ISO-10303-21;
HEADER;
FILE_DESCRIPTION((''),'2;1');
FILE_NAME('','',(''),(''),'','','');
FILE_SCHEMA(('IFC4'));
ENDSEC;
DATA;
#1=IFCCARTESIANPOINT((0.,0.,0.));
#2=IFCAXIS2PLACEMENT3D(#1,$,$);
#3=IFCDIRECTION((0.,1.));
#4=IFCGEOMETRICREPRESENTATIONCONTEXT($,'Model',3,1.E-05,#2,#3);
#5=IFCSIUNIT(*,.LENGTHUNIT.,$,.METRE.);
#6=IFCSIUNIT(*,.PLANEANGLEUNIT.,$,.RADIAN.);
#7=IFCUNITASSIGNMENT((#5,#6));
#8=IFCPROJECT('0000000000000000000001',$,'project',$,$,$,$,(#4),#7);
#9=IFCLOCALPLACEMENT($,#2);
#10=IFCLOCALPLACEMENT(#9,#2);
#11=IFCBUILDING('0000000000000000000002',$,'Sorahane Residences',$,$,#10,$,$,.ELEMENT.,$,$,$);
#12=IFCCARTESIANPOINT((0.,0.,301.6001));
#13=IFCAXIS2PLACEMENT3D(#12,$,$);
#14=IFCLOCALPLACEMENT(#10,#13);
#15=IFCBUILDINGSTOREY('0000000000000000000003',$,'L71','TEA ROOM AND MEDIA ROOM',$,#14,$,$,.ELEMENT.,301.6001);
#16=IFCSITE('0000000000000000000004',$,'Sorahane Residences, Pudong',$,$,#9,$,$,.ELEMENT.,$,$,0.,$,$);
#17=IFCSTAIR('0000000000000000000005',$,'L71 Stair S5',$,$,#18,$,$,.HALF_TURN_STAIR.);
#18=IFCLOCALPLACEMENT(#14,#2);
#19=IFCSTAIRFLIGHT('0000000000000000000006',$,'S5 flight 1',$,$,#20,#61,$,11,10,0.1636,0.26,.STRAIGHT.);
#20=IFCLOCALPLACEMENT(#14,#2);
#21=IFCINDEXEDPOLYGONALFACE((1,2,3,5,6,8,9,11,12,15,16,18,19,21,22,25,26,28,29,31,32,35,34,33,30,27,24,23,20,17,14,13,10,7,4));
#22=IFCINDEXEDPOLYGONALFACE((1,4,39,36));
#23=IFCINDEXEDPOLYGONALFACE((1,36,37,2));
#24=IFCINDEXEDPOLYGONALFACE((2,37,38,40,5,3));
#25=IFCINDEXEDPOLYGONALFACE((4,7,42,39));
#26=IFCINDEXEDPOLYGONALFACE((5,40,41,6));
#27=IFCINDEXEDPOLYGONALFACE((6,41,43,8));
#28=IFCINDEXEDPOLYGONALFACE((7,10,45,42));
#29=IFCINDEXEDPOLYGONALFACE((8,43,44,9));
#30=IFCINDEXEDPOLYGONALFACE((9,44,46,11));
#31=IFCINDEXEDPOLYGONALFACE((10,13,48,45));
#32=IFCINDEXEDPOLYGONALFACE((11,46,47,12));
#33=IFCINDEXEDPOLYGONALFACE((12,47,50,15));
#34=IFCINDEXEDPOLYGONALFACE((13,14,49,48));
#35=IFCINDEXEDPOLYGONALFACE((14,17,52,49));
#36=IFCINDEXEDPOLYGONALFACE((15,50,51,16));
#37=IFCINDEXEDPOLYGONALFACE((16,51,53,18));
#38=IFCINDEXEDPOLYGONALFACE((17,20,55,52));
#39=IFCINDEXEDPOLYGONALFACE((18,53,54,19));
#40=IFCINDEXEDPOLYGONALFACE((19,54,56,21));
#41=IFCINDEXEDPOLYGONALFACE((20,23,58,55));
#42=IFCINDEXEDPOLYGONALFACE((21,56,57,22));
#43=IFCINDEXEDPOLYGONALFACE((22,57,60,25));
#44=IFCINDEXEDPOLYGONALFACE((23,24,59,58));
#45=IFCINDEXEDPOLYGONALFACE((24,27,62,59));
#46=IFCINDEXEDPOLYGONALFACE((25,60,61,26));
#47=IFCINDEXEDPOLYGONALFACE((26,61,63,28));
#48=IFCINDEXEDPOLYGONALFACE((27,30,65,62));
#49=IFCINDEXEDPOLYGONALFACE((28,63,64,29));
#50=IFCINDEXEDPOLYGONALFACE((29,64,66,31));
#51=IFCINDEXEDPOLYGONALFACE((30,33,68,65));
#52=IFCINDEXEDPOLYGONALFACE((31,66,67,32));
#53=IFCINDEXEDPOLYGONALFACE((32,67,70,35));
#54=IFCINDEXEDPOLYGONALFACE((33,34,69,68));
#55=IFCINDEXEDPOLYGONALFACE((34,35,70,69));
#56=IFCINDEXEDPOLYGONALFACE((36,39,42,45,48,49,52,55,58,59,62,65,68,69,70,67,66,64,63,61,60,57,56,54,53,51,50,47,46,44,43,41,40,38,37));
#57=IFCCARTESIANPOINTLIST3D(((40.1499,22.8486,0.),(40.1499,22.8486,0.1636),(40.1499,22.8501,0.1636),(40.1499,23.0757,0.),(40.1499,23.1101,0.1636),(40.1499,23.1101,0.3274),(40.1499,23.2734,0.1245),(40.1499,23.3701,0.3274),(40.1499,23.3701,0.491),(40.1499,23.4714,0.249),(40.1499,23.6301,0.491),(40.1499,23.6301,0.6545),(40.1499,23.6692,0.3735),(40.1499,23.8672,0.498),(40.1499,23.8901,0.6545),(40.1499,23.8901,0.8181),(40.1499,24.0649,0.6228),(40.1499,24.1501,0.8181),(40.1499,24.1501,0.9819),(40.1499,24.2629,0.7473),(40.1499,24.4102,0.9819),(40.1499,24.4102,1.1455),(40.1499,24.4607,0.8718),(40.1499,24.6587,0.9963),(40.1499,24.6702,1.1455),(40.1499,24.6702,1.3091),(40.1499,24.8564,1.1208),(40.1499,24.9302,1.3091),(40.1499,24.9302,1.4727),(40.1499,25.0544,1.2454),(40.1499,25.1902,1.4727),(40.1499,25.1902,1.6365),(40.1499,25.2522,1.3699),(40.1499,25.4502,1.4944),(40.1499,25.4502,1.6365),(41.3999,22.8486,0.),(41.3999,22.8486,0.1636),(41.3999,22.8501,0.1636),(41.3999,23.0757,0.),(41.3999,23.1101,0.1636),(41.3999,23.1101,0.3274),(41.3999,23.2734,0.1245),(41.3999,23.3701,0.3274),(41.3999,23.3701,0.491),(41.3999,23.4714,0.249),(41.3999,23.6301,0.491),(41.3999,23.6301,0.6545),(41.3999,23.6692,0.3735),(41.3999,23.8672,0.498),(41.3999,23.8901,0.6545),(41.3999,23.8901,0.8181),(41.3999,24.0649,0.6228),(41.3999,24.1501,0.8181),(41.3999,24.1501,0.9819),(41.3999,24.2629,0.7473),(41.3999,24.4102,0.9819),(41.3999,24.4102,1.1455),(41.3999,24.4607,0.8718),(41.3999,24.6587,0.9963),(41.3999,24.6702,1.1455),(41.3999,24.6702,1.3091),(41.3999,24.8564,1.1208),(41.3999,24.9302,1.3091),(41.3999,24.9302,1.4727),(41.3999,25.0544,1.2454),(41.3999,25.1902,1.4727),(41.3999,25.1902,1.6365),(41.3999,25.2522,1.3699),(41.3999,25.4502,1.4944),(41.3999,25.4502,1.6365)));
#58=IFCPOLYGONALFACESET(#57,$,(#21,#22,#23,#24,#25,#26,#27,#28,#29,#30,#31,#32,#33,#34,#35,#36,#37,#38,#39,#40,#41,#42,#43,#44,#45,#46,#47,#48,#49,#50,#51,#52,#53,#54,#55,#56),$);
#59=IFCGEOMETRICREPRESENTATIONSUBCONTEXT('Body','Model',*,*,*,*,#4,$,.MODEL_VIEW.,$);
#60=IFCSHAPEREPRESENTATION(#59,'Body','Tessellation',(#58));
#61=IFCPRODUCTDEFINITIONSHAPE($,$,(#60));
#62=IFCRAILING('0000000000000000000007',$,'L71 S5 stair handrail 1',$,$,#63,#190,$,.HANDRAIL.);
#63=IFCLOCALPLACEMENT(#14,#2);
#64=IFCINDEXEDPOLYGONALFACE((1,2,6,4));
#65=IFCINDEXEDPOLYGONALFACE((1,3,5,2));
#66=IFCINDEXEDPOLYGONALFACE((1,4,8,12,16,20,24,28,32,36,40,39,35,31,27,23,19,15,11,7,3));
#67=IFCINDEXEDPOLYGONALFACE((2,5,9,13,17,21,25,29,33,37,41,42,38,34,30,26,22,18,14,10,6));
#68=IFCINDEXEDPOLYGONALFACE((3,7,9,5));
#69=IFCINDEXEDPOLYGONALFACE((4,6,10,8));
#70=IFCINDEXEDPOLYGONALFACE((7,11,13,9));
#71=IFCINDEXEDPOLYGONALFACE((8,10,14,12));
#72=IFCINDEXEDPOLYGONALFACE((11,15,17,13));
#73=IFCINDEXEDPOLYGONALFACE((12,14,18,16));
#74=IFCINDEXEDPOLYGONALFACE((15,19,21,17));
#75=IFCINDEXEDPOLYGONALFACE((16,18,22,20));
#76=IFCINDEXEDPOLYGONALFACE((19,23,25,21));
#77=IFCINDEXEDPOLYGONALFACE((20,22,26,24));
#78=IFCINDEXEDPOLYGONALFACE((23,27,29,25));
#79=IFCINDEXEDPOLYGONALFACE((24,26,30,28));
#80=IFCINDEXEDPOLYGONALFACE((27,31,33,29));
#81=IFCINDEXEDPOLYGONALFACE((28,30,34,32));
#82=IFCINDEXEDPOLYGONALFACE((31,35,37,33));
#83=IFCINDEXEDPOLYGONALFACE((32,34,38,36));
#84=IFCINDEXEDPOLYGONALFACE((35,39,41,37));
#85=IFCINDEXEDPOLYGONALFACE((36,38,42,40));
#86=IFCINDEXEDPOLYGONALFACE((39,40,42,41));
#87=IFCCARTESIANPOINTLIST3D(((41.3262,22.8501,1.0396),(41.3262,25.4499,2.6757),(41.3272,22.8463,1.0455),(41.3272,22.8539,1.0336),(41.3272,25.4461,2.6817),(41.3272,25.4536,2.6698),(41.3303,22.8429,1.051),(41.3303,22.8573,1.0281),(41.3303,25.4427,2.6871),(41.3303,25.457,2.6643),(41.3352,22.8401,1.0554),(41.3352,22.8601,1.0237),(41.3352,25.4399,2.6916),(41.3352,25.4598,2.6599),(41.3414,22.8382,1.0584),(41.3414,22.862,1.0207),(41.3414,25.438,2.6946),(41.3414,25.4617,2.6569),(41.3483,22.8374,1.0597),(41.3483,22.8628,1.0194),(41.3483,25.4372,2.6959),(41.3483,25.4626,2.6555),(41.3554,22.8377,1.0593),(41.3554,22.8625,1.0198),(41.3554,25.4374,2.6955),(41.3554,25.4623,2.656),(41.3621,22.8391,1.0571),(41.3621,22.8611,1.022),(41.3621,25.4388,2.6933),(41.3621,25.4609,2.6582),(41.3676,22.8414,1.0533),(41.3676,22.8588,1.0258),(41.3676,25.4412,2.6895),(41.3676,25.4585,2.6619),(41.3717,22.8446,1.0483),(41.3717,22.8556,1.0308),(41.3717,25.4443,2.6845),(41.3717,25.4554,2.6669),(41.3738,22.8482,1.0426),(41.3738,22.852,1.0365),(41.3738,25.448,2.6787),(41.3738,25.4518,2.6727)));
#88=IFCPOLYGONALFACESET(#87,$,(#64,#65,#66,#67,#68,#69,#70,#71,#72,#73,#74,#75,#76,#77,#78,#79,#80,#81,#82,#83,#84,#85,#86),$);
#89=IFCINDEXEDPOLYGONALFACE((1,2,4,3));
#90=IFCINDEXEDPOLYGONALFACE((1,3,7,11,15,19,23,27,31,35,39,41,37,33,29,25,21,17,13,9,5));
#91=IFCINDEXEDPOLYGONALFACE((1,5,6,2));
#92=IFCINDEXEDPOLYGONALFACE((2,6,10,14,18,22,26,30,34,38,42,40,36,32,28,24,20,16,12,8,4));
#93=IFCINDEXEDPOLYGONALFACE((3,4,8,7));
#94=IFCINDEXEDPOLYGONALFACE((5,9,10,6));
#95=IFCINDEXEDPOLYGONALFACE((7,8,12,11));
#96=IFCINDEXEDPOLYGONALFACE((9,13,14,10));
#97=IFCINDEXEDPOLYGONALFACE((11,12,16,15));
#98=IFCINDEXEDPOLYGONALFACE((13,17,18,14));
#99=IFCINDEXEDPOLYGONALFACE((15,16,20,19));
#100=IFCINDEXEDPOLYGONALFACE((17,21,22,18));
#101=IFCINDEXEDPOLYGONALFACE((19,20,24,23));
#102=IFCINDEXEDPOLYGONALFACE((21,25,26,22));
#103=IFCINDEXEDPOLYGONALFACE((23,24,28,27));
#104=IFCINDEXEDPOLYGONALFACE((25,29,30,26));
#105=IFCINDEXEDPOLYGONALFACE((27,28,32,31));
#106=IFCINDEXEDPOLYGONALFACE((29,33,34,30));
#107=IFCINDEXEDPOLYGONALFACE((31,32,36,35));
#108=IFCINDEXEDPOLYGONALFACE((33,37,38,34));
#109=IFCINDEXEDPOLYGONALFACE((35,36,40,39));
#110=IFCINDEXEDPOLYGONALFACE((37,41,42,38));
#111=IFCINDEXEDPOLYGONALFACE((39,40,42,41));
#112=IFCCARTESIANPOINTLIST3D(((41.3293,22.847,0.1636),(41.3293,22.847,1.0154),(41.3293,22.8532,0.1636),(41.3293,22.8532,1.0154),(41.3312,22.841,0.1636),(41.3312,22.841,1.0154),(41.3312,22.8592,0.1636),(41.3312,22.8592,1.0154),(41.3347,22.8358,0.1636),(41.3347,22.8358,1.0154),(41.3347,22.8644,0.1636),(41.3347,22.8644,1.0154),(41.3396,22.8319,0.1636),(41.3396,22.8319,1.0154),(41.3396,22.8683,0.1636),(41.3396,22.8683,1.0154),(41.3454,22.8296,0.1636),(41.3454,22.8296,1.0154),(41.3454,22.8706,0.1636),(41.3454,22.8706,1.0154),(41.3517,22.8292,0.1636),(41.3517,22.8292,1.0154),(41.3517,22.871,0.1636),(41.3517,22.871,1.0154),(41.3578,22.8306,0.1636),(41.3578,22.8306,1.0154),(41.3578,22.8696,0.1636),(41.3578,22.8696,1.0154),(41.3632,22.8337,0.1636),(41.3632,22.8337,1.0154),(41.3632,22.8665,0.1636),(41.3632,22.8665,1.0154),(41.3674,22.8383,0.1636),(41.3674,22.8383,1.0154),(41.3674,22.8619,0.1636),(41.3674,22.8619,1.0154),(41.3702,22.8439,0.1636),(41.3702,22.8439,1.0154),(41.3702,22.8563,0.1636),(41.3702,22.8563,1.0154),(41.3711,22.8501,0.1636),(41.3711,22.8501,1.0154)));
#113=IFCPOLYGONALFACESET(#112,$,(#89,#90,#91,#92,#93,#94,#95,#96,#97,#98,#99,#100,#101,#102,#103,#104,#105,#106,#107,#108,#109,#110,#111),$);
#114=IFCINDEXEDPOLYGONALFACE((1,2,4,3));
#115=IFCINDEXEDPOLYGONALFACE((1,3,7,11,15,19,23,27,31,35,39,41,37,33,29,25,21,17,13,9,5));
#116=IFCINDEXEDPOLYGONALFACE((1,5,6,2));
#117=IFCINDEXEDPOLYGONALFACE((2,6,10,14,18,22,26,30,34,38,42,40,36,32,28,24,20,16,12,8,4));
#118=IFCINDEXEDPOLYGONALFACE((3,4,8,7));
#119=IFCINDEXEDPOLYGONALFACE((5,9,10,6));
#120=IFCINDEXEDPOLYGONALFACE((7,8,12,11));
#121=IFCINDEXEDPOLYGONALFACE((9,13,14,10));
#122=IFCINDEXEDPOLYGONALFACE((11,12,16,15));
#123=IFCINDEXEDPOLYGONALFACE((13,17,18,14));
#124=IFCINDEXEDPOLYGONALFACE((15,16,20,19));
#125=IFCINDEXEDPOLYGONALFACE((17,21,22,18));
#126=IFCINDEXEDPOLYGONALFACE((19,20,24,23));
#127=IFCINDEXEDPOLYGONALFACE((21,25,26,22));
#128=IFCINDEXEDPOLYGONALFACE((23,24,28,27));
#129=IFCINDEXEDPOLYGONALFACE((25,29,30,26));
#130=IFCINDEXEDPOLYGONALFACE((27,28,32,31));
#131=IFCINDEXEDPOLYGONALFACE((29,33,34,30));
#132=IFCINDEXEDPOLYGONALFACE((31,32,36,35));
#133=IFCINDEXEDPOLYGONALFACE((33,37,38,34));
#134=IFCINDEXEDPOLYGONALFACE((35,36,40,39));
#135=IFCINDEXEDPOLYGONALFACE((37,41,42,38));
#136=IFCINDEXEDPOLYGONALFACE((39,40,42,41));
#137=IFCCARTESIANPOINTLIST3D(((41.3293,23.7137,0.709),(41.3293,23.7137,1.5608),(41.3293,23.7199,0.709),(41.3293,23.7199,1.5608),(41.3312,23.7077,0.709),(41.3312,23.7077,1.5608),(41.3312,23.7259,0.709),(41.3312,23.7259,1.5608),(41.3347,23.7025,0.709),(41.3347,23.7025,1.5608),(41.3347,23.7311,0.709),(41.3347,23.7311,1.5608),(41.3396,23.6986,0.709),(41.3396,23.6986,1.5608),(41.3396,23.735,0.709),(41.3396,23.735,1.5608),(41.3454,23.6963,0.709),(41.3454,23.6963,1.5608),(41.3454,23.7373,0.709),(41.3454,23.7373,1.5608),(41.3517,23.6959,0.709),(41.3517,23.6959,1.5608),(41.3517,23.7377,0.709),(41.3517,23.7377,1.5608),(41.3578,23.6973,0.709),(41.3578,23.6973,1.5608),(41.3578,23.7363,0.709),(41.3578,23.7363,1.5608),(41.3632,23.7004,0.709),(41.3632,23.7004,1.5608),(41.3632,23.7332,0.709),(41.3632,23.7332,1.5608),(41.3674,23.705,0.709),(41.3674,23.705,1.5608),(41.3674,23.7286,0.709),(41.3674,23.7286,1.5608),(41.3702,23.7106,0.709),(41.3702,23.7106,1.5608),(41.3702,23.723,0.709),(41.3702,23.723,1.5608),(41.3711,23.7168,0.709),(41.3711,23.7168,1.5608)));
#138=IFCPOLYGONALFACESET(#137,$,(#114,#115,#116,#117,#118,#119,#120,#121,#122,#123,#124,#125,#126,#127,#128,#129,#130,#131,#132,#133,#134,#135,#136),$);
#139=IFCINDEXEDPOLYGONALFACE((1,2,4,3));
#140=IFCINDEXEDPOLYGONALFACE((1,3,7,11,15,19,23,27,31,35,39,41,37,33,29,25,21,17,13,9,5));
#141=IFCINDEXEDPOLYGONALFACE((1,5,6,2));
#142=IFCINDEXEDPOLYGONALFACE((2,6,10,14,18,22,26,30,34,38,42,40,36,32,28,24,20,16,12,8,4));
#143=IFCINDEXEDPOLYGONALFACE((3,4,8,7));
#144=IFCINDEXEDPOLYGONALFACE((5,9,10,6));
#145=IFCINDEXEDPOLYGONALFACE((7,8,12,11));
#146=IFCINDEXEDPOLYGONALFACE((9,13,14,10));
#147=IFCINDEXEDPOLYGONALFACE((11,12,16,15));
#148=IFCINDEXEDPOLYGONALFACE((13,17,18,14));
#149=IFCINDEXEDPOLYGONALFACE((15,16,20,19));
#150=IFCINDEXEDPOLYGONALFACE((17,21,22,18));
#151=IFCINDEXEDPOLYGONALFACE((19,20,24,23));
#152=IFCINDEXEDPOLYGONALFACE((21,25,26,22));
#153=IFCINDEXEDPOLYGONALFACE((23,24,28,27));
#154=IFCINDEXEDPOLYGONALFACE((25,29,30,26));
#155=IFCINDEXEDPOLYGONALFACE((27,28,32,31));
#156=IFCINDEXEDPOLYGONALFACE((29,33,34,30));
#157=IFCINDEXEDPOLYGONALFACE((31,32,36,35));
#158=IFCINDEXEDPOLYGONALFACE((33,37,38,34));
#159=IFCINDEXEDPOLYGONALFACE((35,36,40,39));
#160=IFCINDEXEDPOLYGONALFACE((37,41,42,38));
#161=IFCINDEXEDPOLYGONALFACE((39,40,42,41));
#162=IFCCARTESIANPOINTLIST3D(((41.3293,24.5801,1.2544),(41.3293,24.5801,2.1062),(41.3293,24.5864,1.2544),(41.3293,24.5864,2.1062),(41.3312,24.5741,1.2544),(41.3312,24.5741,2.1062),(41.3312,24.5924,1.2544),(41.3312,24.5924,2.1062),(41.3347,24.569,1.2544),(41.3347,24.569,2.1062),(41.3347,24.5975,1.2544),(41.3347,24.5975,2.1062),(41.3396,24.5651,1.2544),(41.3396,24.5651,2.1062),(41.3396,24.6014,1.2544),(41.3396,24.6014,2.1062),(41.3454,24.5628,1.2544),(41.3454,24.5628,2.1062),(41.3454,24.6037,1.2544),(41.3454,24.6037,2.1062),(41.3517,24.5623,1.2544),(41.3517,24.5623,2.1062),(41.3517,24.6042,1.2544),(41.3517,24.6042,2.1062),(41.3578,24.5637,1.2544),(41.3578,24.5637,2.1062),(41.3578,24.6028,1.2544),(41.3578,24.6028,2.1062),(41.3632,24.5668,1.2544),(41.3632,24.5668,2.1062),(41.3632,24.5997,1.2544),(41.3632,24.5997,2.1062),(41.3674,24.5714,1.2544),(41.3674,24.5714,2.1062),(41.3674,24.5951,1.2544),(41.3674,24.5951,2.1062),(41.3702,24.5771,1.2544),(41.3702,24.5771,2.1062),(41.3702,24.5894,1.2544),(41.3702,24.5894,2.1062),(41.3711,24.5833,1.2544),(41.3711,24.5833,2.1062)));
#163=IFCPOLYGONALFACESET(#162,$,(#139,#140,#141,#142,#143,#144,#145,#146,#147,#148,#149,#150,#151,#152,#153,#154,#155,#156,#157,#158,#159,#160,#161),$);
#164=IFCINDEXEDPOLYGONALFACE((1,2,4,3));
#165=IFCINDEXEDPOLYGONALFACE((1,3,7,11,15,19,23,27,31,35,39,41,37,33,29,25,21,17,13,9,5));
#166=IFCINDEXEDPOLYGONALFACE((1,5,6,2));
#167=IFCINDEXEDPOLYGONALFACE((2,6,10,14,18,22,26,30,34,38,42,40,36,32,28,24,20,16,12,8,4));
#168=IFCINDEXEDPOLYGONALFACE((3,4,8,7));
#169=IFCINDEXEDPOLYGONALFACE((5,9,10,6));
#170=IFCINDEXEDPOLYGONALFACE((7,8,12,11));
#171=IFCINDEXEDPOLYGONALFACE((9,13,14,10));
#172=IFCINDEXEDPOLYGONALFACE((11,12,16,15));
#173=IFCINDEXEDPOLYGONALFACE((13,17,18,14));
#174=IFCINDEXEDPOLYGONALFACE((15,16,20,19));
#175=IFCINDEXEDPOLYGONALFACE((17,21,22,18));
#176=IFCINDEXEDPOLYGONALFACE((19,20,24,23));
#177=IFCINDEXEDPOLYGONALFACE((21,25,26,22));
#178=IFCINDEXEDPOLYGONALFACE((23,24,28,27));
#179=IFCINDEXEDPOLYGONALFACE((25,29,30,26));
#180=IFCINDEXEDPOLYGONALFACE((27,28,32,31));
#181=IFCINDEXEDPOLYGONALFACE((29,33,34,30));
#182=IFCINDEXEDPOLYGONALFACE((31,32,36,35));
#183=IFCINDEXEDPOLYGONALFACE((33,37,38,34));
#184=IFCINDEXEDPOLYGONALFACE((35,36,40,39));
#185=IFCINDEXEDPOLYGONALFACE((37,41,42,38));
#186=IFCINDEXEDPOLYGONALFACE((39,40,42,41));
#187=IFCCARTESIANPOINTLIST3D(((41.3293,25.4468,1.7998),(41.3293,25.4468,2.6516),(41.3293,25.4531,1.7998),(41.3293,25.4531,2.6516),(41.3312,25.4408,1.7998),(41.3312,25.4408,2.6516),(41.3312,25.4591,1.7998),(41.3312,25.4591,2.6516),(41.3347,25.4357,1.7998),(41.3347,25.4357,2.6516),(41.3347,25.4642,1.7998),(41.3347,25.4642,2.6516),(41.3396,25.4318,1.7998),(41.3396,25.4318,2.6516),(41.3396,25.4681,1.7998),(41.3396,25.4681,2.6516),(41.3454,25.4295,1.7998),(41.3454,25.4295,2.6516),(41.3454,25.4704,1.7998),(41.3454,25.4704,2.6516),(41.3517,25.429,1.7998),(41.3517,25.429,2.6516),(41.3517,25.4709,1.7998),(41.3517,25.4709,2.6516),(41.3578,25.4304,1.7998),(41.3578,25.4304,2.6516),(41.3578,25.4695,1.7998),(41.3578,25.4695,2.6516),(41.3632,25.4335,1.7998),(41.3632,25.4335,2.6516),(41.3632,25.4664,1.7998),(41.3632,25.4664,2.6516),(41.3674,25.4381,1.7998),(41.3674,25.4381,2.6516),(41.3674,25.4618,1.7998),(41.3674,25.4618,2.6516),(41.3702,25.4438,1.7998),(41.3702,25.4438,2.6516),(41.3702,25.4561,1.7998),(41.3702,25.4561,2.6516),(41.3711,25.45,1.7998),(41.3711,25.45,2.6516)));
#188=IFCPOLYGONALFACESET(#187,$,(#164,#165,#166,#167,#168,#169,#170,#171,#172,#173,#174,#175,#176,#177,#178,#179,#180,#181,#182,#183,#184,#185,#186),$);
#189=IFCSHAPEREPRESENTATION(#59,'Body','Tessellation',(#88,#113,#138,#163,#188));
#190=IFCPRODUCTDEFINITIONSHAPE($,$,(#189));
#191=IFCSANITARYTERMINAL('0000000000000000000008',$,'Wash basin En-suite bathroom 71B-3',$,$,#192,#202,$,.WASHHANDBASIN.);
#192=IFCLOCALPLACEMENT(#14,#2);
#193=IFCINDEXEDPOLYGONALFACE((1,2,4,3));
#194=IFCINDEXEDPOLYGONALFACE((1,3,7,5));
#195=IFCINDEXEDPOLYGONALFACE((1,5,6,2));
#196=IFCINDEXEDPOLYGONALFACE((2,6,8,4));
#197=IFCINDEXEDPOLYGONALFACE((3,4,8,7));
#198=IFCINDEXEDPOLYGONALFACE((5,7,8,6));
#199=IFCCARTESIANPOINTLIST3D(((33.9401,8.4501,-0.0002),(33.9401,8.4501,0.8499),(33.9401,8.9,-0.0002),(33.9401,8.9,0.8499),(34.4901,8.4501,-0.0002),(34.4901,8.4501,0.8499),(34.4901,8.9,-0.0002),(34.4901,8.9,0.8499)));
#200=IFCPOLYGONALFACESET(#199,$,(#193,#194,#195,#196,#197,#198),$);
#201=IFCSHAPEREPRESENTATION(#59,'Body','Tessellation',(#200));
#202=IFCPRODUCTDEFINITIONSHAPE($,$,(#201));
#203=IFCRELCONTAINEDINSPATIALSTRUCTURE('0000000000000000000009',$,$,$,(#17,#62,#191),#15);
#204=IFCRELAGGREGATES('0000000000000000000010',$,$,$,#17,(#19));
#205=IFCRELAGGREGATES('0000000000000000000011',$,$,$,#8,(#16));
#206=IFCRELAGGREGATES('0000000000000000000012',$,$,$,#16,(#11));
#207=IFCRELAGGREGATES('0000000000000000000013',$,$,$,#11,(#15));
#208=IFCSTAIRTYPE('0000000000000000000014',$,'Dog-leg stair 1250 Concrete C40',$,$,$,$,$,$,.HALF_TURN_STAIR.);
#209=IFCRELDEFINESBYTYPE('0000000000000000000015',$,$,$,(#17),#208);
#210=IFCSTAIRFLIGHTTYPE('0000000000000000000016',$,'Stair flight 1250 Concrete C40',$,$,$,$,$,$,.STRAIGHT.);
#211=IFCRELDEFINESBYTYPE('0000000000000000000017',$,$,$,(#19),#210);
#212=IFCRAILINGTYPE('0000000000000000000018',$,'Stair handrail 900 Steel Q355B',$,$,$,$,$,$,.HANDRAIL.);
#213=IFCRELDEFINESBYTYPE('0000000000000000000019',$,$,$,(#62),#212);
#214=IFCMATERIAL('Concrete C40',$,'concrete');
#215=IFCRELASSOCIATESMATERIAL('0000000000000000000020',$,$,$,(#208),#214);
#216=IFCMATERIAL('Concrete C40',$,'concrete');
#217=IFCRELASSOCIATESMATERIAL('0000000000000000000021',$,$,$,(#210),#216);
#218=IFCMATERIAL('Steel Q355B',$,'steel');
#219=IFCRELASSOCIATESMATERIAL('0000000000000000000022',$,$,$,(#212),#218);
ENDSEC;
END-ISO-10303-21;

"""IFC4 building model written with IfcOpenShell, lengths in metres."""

from ifc_helpers import new_model, si_unit, direction, frame, origin, origin_2d, place, context, subcontext, project, spatial, polyline, rectangle, circle, outline, extrude, material, type_object, element, aggregate, save


model = new_model("IFC4")

# Units and contexts
model_context = context("Model", 3, precision=1e-05, world=origin(), true_north=direction((0.0, 1.0)))
body_context = subcontext(model_context, "Body", "Model", "MODEL_VIEW")
ifc_project = project(units=[si_unit("LENGTHUNIT", "METRE"), si_unit("PLANEANGLEUNIT", "RADIAN")], contexts=[model_context])

# Site, building, storey
site_placement = place(None, origin())
site = spatial("IfcSite", under=ifc_project, at=site_placement, Name="Sorahane Residences, Pudong", CompositionType="ELEMENT", RefElevation=0.0)
building_placement = place(site_placement, origin())
building = spatial("IfcBuilding", under=site, at=building_placement, Name="Sorahane Residences", CompositionType="ELEMENT")
storey_placement = place(building_placement, frame((0.0, 0.0, 301.6001)))
storey = spatial("IfcBuildingStorey", under=building, at=storey_placement, Name="L71", Description="TEA ROOM AND MEDIA ROOM", CompositionType="ELEMENT", Elevation=301.6001)

# Stair, stair flight
ifc_material_1 = material(Name="Concrete C40", Category="concrete")
stair_type = type_object("IfcStairType", Name="Dog-leg stair 1250 Concrete C40", PredefinedType="HALF_TURN_STAIR", material=ifc_material_1)
stair_placement = place(storey_placement, origin())
stair = element("IfcStair", 1, at=stair_placement, inside=storey, type_object=stair_type, Name="L71 Stair S5", PredefinedType="HALF_TURN_STAIR")
ifc_material_2 = material(Name="Concrete C40", Category="concrete")
stair_flight_type = type_object("IfcStairFlightType", Name="Stair flight 1250 Concrete C40", PredefinedType="STRAIGHT", material=ifc_material_2)
stair_flight_placement = place(storey_placement, frame((40.7749, 22.8501, 0.0), z_axis=(0.0, 0.0, 1.0), x_axis=(0.0, 1.0, 0.0)))
stair_flight = element("IfcStairFlight", 2, at=stair_flight_placement, type_object=stair_flight_type, Name="S5 flight 1", NumberOfRisers=11, NumberOfTreads=10, PredefinedType="STRAIGHT", RiserHeight=0.1636, TreadLength=0.26, context=body_context, shape_type="SweptSolid", body=[
    extrude(outline(polyline([(-0.0015, 0.0), (-0.0015, 0.1636), (0.0, 0.1636), (0.26, 0.1636), (0.26, 0.3274), (0.52, 0.3274), (0.52, 0.491), (0.78, 0.491), (0.78, 0.6545), (1.04, 0.6545), (1.04, 0.8181), (1.3, 0.8181), (1.3, 0.9819), (1.5601, 0.9819), (1.5601, 1.1455), (1.8201, 1.1455), (1.8201, 1.3091), (2.0801, 1.3091), (2.0801, 1.4727), (2.3401, 1.4727), (2.3401, 1.6365), (2.6001, 1.6365), (2.6001, 1.8), (2.6001, 1.4944), (2.4021, 1.3699), (2.2043, 1.2454), (2.0063, 1.1208), (1.8086, 0.9963), (1.6106, 0.8718), (1.4128, 0.7473), (1.2148, 0.6228), (1.0171, 0.498), (0.8191, 0.3735), (0.6213, 0.249), (0.4233, 0.1245), (0.2256, 0.0), (-0.0015, 0.0)])), frame((0.0, 0.625, 0.0), z_axis=(0.0, -1.0, 0.0), x_axis=(1.0, 0.0, 0.0)), (0.0, 0.0, 1.0), 1.25),
])
aggregate(stair, [stair_flight])

# Railing
ifc_material_3 = material(Name="Steel Q355B", Category="steel")
railing_type_1 = type_object("IfcRailingType", Name="Stair handrail 900 Steel Q355B", PredefinedType="HANDRAIL", material=ifc_material_3)
railing_1_placement = place(storey_placement, frame((41.3501, 22.8501, 0.1636)))
element("IfcRailing", 3, at=railing_1_placement, inside=storey, type_object=railing_type_1, Name="L71 S5 stair handrail 1", PredefinedType="HANDRAIL", context=body_context, shape_type="SweptSolid", body=[
    extrude(circle(Radius=0.0239, at=origin_2d()), frame((0.0, 0.0, 0.876), z_axis=(0.0, 0.846338, 0.532647), x_axis=(-1.0, 0.0, 0.0)), (0.0, 0.0, 1.0), 3.0718),
    extrude(circle(Radius=0.021, at=origin_2d()), origin(), (0.0, 0.0, 1.0), 0.8518),
    extrude(circle(Radius=0.021, at=origin_2d()), frame((0.0, 0.8667, 0.5454)), (0.0, 0.0, 1.0), 0.8518),
    extrude(circle(Radius=0.021, at=origin_2d()), frame((0.0, 1.7332, 1.0908)), (0.0, 0.0, 1.0), 0.8518),
    extrude(circle(Radius=0.021, at=origin_2d()), frame((0.0, 2.5999, 1.6362)), (0.0, 0.0, 1.0), 0.8518),
])

# Sanitary terminal
sanitary_terminal_placement = place(storey_placement, frame((34.2151, 8.675, -0.0002), z_axis=(0.0, 0.0, 1.0), x_axis=(1.0, 0.0, 0.0)))
element("IfcSanitaryTerminal", 4, at=sanitary_terminal_placement, inside=storey, Name="Wash basin En-suite bathroom 71B-3", PredefinedType="WASHHANDBASIN", context=body_context, shape_type="SweptSolid", body=[
    extrude(rectangle(XDim=0.55, YDim=0.45, at=origin_2d()), origin(), (0.0, 0.0, 1.0), 0.8501),
])

save(model, "model.ifc")
